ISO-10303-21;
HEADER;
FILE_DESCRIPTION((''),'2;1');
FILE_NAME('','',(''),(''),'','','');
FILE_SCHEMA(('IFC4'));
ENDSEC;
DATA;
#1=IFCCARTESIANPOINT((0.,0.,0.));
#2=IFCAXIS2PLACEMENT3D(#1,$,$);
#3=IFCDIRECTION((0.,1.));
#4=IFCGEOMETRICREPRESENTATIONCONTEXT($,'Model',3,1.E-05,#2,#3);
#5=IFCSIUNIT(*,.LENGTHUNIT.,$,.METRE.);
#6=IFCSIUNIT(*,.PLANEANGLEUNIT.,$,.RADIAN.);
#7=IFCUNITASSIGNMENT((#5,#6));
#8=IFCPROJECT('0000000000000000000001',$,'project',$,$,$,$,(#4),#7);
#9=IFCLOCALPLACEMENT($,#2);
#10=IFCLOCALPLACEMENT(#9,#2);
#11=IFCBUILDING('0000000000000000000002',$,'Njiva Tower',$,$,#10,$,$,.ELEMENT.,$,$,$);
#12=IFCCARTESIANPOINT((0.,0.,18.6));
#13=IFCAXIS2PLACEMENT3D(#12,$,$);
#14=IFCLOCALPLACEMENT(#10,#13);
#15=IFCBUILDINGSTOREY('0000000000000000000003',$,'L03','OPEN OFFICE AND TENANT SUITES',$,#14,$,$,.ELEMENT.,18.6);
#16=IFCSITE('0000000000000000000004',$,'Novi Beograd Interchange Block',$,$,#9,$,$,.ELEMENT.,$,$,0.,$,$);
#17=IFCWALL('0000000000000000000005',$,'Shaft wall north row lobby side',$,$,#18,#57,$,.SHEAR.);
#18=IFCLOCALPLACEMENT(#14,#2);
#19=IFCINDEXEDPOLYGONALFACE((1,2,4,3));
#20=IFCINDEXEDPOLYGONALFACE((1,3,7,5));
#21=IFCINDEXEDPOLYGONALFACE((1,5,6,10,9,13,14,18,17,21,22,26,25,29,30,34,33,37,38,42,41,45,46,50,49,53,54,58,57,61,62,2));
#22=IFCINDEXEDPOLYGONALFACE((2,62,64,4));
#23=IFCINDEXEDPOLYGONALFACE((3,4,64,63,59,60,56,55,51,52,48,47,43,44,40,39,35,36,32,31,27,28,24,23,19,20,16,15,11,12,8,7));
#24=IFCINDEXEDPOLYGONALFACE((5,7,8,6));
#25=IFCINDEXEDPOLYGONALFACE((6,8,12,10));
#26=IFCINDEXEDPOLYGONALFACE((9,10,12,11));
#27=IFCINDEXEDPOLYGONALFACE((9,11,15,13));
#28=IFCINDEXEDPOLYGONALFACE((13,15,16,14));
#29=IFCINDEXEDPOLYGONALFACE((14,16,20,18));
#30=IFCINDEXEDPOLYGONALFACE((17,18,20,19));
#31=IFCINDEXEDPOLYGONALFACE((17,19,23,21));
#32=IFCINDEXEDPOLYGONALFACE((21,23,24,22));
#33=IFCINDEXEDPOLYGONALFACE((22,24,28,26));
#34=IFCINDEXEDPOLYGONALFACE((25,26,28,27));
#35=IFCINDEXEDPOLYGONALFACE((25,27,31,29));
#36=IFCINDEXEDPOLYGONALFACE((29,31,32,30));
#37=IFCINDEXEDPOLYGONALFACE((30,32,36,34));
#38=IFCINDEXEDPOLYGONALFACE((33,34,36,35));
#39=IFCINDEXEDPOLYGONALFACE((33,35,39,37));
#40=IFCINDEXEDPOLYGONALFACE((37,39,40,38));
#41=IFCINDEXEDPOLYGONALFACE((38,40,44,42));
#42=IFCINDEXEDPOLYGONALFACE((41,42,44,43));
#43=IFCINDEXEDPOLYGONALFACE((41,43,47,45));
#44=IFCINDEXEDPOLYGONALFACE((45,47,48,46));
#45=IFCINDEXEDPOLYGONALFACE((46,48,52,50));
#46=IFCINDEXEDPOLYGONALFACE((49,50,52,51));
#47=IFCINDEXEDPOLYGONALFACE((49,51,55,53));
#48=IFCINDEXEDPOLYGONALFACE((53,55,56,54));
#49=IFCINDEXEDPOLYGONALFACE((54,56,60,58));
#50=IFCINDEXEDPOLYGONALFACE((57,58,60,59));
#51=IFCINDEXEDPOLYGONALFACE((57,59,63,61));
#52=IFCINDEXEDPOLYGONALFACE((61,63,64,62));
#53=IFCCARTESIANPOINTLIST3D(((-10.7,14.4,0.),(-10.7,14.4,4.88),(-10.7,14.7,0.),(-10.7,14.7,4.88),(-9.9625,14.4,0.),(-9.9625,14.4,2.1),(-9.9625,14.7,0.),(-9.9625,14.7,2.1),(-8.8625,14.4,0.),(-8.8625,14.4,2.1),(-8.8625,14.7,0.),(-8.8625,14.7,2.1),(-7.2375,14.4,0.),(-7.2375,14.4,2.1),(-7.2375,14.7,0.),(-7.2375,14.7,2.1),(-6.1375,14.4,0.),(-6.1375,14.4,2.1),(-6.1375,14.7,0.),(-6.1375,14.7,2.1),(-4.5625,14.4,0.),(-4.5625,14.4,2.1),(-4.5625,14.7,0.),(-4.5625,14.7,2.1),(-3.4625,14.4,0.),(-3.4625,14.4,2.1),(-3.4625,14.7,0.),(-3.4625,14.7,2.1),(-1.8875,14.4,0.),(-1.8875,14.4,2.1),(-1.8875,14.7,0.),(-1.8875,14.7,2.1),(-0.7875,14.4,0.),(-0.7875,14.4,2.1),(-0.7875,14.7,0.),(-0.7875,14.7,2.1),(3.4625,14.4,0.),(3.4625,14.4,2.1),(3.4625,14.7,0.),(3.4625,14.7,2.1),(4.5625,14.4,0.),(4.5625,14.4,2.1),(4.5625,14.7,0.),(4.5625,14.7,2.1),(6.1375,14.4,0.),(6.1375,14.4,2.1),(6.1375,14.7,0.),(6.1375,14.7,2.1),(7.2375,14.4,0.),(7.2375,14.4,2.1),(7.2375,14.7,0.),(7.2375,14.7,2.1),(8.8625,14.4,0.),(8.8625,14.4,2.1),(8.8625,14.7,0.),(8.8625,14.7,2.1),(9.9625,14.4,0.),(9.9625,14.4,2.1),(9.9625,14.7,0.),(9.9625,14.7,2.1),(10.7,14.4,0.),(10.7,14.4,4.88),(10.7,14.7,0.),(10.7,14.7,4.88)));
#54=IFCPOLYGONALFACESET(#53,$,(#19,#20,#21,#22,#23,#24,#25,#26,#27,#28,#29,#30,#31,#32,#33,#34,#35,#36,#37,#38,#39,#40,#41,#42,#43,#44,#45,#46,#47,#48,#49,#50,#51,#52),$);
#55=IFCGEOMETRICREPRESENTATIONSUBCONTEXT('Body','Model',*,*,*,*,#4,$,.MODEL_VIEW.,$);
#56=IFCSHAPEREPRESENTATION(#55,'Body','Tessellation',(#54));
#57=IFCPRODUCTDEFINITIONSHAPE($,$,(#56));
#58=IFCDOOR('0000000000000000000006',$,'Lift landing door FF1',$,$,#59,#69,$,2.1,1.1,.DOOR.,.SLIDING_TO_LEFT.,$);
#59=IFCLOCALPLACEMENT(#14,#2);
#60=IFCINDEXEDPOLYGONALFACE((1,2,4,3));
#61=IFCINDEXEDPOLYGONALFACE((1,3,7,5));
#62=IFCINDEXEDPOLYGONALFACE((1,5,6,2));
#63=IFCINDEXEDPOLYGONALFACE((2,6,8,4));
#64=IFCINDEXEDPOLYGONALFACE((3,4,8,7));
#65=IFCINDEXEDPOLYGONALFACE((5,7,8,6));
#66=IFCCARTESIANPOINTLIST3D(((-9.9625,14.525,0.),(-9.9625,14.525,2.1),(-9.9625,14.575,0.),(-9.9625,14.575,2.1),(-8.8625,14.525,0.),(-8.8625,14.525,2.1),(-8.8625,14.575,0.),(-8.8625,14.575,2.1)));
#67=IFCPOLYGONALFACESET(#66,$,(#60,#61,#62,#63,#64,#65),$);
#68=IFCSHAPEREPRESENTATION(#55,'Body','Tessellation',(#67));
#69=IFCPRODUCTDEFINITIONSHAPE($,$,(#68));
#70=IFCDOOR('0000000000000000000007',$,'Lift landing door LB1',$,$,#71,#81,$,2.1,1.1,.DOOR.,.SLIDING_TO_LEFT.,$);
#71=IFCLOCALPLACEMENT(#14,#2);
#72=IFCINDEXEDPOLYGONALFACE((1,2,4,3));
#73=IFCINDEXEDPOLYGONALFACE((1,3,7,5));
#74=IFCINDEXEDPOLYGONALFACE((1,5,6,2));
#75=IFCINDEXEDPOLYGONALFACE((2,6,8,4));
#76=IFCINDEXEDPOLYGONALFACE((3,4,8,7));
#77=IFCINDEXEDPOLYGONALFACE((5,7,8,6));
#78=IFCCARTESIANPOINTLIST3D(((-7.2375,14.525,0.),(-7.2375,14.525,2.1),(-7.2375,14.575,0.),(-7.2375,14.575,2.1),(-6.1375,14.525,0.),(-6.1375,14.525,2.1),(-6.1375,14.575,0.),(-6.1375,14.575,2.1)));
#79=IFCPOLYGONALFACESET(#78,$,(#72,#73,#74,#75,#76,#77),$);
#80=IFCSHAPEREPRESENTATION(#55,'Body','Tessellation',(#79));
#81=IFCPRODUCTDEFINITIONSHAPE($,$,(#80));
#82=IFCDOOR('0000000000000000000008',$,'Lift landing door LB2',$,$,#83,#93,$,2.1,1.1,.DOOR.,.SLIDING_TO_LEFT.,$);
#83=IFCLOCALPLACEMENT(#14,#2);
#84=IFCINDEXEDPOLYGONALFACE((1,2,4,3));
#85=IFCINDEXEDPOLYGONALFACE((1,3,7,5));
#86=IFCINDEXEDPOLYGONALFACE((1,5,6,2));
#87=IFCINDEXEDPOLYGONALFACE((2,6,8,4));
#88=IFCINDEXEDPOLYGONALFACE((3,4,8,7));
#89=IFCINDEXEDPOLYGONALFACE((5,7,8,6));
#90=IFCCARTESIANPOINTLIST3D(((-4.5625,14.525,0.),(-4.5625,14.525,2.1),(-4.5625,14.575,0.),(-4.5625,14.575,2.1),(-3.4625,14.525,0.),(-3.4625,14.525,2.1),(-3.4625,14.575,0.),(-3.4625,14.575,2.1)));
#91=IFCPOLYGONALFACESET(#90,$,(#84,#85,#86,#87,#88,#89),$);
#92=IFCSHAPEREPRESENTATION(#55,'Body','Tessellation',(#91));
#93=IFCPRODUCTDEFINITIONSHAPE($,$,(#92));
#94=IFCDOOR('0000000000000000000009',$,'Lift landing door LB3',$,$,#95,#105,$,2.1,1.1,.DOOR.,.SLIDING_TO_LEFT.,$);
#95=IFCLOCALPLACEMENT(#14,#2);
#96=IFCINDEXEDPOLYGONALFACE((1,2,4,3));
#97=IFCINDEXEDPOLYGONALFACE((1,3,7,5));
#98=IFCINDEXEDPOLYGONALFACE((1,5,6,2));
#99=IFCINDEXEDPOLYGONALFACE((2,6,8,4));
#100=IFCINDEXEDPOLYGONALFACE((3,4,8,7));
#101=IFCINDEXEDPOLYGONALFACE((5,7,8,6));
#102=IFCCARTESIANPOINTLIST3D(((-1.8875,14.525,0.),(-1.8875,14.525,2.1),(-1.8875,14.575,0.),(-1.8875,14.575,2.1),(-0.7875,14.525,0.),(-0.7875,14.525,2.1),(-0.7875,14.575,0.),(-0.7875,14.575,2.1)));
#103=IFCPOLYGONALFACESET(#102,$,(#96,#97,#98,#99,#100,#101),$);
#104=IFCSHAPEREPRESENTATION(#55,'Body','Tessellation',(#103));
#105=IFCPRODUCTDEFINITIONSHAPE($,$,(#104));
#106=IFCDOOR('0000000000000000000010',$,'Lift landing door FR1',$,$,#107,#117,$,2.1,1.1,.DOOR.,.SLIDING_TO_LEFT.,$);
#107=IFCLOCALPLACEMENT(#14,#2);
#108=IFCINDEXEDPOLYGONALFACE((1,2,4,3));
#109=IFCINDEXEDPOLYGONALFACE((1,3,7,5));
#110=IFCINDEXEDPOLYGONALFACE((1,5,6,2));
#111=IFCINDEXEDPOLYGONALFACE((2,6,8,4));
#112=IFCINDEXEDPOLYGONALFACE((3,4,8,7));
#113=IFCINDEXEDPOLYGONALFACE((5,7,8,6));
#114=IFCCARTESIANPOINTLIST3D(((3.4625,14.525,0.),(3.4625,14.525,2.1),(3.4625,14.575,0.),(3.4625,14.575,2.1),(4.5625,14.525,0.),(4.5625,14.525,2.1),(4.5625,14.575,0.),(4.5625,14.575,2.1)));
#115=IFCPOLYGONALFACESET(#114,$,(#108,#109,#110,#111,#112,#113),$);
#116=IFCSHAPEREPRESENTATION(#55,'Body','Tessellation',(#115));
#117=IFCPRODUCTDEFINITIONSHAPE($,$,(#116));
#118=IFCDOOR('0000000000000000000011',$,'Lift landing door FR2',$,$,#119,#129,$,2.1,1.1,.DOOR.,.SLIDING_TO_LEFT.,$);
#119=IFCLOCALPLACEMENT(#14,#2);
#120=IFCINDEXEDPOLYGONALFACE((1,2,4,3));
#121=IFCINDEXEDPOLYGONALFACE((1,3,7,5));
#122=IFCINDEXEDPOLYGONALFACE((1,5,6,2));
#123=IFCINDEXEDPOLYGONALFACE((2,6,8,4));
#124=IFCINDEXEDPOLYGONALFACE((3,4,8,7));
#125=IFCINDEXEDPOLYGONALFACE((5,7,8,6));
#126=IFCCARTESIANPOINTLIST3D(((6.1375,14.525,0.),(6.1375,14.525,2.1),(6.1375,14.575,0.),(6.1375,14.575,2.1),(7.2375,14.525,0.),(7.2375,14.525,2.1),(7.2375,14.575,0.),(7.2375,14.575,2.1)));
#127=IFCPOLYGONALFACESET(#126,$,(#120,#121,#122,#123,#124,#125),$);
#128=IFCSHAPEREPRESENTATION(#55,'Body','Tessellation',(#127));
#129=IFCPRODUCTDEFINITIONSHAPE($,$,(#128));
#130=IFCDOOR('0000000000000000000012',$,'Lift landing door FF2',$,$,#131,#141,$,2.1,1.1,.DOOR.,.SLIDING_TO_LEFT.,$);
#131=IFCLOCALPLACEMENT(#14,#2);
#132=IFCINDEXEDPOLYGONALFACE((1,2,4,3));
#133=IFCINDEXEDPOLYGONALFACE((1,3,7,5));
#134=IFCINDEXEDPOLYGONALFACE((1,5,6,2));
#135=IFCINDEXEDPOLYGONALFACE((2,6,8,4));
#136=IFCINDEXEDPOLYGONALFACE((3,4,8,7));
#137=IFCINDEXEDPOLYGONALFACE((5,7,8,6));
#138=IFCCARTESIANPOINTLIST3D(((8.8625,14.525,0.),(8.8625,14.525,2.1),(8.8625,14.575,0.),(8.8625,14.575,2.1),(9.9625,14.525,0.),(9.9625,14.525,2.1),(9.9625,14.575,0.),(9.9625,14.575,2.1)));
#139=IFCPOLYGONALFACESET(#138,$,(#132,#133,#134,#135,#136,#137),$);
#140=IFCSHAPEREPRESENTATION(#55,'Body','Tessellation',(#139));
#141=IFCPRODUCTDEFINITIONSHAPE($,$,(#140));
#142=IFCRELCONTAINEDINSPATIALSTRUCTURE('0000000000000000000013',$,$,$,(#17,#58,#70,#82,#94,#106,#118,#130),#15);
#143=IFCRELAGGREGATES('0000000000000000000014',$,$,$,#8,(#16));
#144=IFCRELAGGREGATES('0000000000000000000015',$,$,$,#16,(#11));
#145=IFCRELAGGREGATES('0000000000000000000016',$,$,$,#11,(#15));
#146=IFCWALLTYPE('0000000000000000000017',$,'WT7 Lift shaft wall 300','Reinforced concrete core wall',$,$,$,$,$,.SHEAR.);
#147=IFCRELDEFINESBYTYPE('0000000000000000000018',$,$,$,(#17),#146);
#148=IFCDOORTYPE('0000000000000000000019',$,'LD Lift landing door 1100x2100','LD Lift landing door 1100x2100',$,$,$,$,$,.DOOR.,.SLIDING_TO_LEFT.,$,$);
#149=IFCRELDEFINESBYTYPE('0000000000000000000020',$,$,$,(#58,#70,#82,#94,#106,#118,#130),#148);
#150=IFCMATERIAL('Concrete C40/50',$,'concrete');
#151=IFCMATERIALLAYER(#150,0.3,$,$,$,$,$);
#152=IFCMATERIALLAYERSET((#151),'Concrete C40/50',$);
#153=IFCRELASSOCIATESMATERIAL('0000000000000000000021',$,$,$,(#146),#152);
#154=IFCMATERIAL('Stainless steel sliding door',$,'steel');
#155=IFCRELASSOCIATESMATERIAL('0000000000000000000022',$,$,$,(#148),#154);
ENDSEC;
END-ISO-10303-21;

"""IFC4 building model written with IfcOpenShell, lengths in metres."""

from ifc_helpers import new_model, si_unit, direction, frame, frame_2d, origin, place, context, subcontext, project, spatial, rectangle, extrude, material, layer, layer_set, type_object, element, fill, save


model = new_model("IFC4")

# Units and contexts
model_context = context("Model", 3, precision=1e-05, world=origin(), true_north=direction((0.0, 1.0)))
body_context = subcontext(model_context, "Body", "Model", "MODEL_VIEW")
ifc_project = project(units=[si_unit("LENGTHUNIT", "METRE"), si_unit("PLANEANGLEUNIT", "RADIAN")], contexts=[model_context])

# Site, building, storey
site_placement = place(None, origin())
site = spatial("IfcSite", under=ifc_project, at=site_placement, Name="Novi Beograd Interchange Block", CompositionType="ELEMENT", RefElevation=0.0)
building_placement = place(site_placement, origin())
building = spatial("IfcBuilding", under=site, at=building_placement, Name="Njiva Tower", CompositionType="ELEMENT")
storey_placement = place(building_placement, frame((0.0, 0.0, 18.6)))
storey = spatial("IfcBuildingStorey", under=building, at=storey_placement, Name="L03", Description="OPEN OFFICE AND TENANT SUITES", CompositionType="ELEMENT", Elevation=18.6)

# Shared definitions
ifc_material_1 = material(Name="Concrete C40/50", Category="concrete")

# Wall, openings, doors
ifc_layer_1 = layer(ifc_material_1, 0.3)
ifc_layer_set_1 = layer_set([ifc_layer_1], Name="Concrete C40/50")
wall_type_1 = type_object("IfcWallType", Name="WT7 Lift shaft wall 300", Description="Reinforced concrete core wall", PredefinedType="SHEAR", material=ifc_layer_set_1)
wall_1_placement = place(storey_placement, frame((-10.7, 14.55, 0.0), z_axis=(0.0, 0.0, 1.0), x_axis=(1.0, 0.0, 0.0)))
wall_1 = element("IfcWall", 1, at=wall_1_placement, inside=storey, type_object=wall_type_1, Name="Shaft wall north row lobby side", PredefinedType="SHEAR", context=body_context, shape_type="SweptSolid", body=[
    extrude(rectangle(XDim=21.4, YDim=0.3, at=frame_2d((10.7, 0.0))), origin(), (0.0, 0.0, 1.0), 4.88),
])
opening_1_placement = place(wall_1_placement, frame((0.7375, 0.0, 0.0)))
opening_1 = element("IfcOpeningElement", 2, at=opening_1_placement, cuts=wall_1, PredefinedType="OPENING", context=body_context, shape_type="SweptSolid", body=[
    extrude(rectangle(XDim=1.1, YDim=2.1, at=frame_2d((0.55, 1.05))), frame((0.0, 0.16, 0.0), z_axis=(0.0, -1.0, 0.0), x_axis=(1.0, 0.0, 0.0)), (0.0, 0.0, 1.0), 0.32),
])
opening_2_placement = place(wall_1_placement, frame((3.4625, 0.0, 0.0)))
opening_2 = element("IfcOpeningElement", 3, at=opening_2_placement, cuts=wall_1, PredefinedType="OPENING", context=body_context, shape_type="SweptSolid", body=[
    extrude(rectangle(XDim=1.1, YDim=2.1, at=frame_2d((0.55, 1.05))), frame((0.0, 0.16, 0.0), z_axis=(0.0, -1.0, 0.0), x_axis=(1.0, 0.0, 0.0)), (0.0, 0.0, 1.0), 0.32),
])
opening_3_placement = place(wall_1_placement, frame((6.1375, 0.0, 0.0)))
opening_3 = element("IfcOpeningElement", 4, at=opening_3_placement, cuts=wall_1, PredefinedType="OPENING", context=body_context, shape_type="SweptSolid", body=[
    extrude(rectangle(XDim=1.1, YDim=2.1, at=frame_2d((0.55, 1.05))), frame((0.0, 0.16, 0.0), z_axis=(0.0, -1.0, 0.0), x_axis=(1.0, 0.0, 0.0)), (0.0, 0.0, 1.0), 0.32),
])
opening_4_placement = place(wall_1_placement, frame((8.8125, 0.0, 0.0)))
opening_4 = element("IfcOpeningElement", 5, at=opening_4_placement, cuts=wall_1, PredefinedType="OPENING", context=body_context, shape_type="SweptSolid", body=[
    extrude(rectangle(XDim=1.1, YDim=2.1, at=frame_2d((0.55, 1.05))), frame((0.0, 0.16, 0.0), z_axis=(0.0, -1.0, 0.0), x_axis=(1.0, 0.0, 0.0)), (0.0, 0.0, 1.0), 0.32),
])
opening_5_placement = place(wall_1_placement, frame((14.1625, 0.0, 0.0)))
opening_5 = element("IfcOpeningElement", 6, at=opening_5_placement, cuts=wall_1, PredefinedType="OPENING", context=body_context, shape_type="SweptSolid", body=[
    extrude(rectangle(XDim=1.1, YDim=2.1, at=frame_2d((0.55, 1.05))), frame((0.0, 0.16, 0.0), z_axis=(0.0, -1.0, 0.0), x_axis=(1.0, 0.0, 0.0)), (0.0, 0.0, 1.0), 0.32),
])
opening_6_placement = place(wall_1_placement, frame((16.8375, 0.0, 0.0)))
opening_6 = element("IfcOpeningElement", 7, at=opening_6_placement, cuts=wall_1, PredefinedType="OPENING", context=body_context, shape_type="SweptSolid", body=[
    extrude(rectangle(XDim=1.1, YDim=2.1, at=frame_2d((0.55, 1.05))), frame((0.0, 0.16, 0.0), z_axis=(0.0, -1.0, 0.0), x_axis=(1.0, 0.0, 0.0)), (0.0, 0.0, 1.0), 0.32),
])
opening_7_placement = place(wall_1_placement, frame((19.5625, 0.0, 0.0)))
opening_7 = element("IfcOpeningElement", 8, at=opening_7_placement, cuts=wall_1, PredefinedType="OPENING", context=body_context, shape_type="SweptSolid", body=[
    extrude(rectangle(XDim=1.1, YDim=2.1, at=frame_2d((0.55, 1.05))), frame((0.0, 0.16, 0.0), z_axis=(0.0, -1.0, 0.0), x_axis=(1.0, 0.0, 0.0)), (0.0, 0.0, 1.0), 0.32),
])
ifc_material_2 = material(Name="Stainless steel sliding door", Category="steel")
door_type_1 = type_object("IfcDoorType", Name="LD Lift landing door 1100x2100", Description="LD Lift landing door 1100x2100", OperationType="SLIDING_TO_LEFT", PredefinedType="DOOR", material=ifc_material_2)
door_1_placement = place(opening_1_placement, origin())
door_1 = element("IfcDoor", 9, at=door_1_placement, inside=storey, type_object=door_type_1, Name="Lift landing door FF1", OperationType="SLIDING_TO_LEFT", OverallHeight=2.1, OverallWidth=1.1, PredefinedType="DOOR", context=body_context, shape_type="SweptSolid", body=[
    extrude(rectangle(XDim=1.1, YDim=2.1, at=frame_2d((0.55, 1.05))), frame((0.0, 0.025, 0.0), z_axis=(0.0, -1.0, 0.0), x_axis=(1.0, 0.0, 0.0)), (0.0, 0.0, 1.0), 0.05),
])
fill(opening_1, door_1)
door_2_placement = place(opening_2_placement, origin())
door_2 = element("IfcDoor", 10, at=door_2_placement, inside=storey, type_object=door_type_1, Name="Lift landing door LB1", OperationType="SLIDING_TO_LEFT", OverallHeight=2.1, OverallWidth=1.1, PredefinedType="DOOR", context=body_context, shape_type="SweptSolid", body=[
    extrude(rectangle(XDim=1.1, YDim=2.1, at=frame_2d((0.55, 1.05))), frame((0.0, 0.025, 0.0), z_axis=(0.0, -1.0, 0.0), x_axis=(1.0, 0.0, 0.0)), (0.0, 0.0, 1.0), 0.05),
])
fill(opening_2, door_2)
door_3_placement = place(opening_3_placement, origin())
door_3 = element("IfcDoor", 11, at=door_3_placement, inside=storey, type_object=door_type_1, Name="Lift landing door LB2", OperationType="SLIDING_TO_LEFT", OverallHeight=2.1, OverallWidth=1.1, PredefinedType="DOOR", context=body_context, shape_type="SweptSolid", body=[
    extrude(rectangle(XDim=1.1, YDim=2.1, at=frame_2d((0.55, 1.05))), frame((0.0, 0.025, 0.0), z_axis=(0.0, -1.0, 0.0), x_axis=(1.0, 0.0, 0.0)), (0.0, 0.0, 1.0), 0.05),
])
fill(opening_3, door_3)
door_4_placement = place(opening_4_placement, origin())
door_4 = element("IfcDoor", 12, at=door_4_placement, inside=storey, type_object=door_type_1, Name="Lift landing door LB3", OperationType="SLIDING_TO_LEFT", OverallHeight=2.1, OverallWidth=1.1, PredefinedType="DOOR", context=body_context, shape_type="SweptSolid", body=[
    extrude(rectangle(XDim=1.1, YDim=2.1, at=frame_2d((0.55, 1.05))), frame((0.0, 0.025, 0.0), z_axis=(0.0, -1.0, 0.0), x_axis=(1.0, 0.0, 0.0)), (0.0, 0.0, 1.0), 0.05),
])
fill(opening_4, door_4)
door_5_placement = place(opening_5_placement, origin())
door_5 = element("IfcDoor", 13, at=door_5_placement, inside=storey, type_object=door_type_1, Name="Lift landing door FR1", OperationType="SLIDING_TO_LEFT", OverallHeight=2.1, OverallWidth=1.1, PredefinedType="DOOR", context=body_context, shape_type="SweptSolid", body=[
    extrude(rectangle(XDim=1.1, YDim=2.1, at=frame_2d((0.55, 1.05))), frame((0.0, 0.025, 0.0), z_axis=(0.0, -1.0, 0.0), x_axis=(1.0, 0.0, 0.0)), (0.0, 0.0, 1.0), 0.05),
])
fill(opening_5, door_5)
door_6_placement = place(opening_6_placement, origin())
door_6 = element("IfcDoor", 14, at=door_6_placement, inside=storey, type_object=door_type_1, Name="Lift landing door FR2", OperationType="SLIDING_TO_LEFT", OverallHeight=2.1, OverallWidth=1.1, PredefinedType="DOOR", context=body_context, shape_type="SweptSolid", body=[
    extrude(rectangle(XDim=1.1, YDim=2.1, at=frame_2d((0.55, 1.05))), frame((0.0, 0.025, 0.0), z_axis=(0.0, -1.0, 0.0), x_axis=(1.0, 0.0, 0.0)), (0.0, 0.0, 1.0), 0.05),
])
fill(opening_6, door_6)
door_7_placement = place(opening_7_placement, origin())
door_7 = element("IfcDoor", 15, at=door_7_placement, inside=storey, type_object=door_type_1, Name="Lift landing door FF2", OperationType="SLIDING_TO_LEFT", OverallHeight=2.1, OverallWidth=1.1, PredefinedType="DOOR", context=body_context, shape_type="SweptSolid", body=[
    extrude(rectangle(XDim=1.1, YDim=2.1, at=frame_2d((0.55, 1.05))), frame((0.0, 0.025, 0.0), z_axis=(0.0, -1.0, 0.0), x_axis=(1.0, 0.0, 0.0)), (0.0, 0.0, 1.0), 0.05),
])
fill(opening_7, door_7)

save(model, "model.ifc")
